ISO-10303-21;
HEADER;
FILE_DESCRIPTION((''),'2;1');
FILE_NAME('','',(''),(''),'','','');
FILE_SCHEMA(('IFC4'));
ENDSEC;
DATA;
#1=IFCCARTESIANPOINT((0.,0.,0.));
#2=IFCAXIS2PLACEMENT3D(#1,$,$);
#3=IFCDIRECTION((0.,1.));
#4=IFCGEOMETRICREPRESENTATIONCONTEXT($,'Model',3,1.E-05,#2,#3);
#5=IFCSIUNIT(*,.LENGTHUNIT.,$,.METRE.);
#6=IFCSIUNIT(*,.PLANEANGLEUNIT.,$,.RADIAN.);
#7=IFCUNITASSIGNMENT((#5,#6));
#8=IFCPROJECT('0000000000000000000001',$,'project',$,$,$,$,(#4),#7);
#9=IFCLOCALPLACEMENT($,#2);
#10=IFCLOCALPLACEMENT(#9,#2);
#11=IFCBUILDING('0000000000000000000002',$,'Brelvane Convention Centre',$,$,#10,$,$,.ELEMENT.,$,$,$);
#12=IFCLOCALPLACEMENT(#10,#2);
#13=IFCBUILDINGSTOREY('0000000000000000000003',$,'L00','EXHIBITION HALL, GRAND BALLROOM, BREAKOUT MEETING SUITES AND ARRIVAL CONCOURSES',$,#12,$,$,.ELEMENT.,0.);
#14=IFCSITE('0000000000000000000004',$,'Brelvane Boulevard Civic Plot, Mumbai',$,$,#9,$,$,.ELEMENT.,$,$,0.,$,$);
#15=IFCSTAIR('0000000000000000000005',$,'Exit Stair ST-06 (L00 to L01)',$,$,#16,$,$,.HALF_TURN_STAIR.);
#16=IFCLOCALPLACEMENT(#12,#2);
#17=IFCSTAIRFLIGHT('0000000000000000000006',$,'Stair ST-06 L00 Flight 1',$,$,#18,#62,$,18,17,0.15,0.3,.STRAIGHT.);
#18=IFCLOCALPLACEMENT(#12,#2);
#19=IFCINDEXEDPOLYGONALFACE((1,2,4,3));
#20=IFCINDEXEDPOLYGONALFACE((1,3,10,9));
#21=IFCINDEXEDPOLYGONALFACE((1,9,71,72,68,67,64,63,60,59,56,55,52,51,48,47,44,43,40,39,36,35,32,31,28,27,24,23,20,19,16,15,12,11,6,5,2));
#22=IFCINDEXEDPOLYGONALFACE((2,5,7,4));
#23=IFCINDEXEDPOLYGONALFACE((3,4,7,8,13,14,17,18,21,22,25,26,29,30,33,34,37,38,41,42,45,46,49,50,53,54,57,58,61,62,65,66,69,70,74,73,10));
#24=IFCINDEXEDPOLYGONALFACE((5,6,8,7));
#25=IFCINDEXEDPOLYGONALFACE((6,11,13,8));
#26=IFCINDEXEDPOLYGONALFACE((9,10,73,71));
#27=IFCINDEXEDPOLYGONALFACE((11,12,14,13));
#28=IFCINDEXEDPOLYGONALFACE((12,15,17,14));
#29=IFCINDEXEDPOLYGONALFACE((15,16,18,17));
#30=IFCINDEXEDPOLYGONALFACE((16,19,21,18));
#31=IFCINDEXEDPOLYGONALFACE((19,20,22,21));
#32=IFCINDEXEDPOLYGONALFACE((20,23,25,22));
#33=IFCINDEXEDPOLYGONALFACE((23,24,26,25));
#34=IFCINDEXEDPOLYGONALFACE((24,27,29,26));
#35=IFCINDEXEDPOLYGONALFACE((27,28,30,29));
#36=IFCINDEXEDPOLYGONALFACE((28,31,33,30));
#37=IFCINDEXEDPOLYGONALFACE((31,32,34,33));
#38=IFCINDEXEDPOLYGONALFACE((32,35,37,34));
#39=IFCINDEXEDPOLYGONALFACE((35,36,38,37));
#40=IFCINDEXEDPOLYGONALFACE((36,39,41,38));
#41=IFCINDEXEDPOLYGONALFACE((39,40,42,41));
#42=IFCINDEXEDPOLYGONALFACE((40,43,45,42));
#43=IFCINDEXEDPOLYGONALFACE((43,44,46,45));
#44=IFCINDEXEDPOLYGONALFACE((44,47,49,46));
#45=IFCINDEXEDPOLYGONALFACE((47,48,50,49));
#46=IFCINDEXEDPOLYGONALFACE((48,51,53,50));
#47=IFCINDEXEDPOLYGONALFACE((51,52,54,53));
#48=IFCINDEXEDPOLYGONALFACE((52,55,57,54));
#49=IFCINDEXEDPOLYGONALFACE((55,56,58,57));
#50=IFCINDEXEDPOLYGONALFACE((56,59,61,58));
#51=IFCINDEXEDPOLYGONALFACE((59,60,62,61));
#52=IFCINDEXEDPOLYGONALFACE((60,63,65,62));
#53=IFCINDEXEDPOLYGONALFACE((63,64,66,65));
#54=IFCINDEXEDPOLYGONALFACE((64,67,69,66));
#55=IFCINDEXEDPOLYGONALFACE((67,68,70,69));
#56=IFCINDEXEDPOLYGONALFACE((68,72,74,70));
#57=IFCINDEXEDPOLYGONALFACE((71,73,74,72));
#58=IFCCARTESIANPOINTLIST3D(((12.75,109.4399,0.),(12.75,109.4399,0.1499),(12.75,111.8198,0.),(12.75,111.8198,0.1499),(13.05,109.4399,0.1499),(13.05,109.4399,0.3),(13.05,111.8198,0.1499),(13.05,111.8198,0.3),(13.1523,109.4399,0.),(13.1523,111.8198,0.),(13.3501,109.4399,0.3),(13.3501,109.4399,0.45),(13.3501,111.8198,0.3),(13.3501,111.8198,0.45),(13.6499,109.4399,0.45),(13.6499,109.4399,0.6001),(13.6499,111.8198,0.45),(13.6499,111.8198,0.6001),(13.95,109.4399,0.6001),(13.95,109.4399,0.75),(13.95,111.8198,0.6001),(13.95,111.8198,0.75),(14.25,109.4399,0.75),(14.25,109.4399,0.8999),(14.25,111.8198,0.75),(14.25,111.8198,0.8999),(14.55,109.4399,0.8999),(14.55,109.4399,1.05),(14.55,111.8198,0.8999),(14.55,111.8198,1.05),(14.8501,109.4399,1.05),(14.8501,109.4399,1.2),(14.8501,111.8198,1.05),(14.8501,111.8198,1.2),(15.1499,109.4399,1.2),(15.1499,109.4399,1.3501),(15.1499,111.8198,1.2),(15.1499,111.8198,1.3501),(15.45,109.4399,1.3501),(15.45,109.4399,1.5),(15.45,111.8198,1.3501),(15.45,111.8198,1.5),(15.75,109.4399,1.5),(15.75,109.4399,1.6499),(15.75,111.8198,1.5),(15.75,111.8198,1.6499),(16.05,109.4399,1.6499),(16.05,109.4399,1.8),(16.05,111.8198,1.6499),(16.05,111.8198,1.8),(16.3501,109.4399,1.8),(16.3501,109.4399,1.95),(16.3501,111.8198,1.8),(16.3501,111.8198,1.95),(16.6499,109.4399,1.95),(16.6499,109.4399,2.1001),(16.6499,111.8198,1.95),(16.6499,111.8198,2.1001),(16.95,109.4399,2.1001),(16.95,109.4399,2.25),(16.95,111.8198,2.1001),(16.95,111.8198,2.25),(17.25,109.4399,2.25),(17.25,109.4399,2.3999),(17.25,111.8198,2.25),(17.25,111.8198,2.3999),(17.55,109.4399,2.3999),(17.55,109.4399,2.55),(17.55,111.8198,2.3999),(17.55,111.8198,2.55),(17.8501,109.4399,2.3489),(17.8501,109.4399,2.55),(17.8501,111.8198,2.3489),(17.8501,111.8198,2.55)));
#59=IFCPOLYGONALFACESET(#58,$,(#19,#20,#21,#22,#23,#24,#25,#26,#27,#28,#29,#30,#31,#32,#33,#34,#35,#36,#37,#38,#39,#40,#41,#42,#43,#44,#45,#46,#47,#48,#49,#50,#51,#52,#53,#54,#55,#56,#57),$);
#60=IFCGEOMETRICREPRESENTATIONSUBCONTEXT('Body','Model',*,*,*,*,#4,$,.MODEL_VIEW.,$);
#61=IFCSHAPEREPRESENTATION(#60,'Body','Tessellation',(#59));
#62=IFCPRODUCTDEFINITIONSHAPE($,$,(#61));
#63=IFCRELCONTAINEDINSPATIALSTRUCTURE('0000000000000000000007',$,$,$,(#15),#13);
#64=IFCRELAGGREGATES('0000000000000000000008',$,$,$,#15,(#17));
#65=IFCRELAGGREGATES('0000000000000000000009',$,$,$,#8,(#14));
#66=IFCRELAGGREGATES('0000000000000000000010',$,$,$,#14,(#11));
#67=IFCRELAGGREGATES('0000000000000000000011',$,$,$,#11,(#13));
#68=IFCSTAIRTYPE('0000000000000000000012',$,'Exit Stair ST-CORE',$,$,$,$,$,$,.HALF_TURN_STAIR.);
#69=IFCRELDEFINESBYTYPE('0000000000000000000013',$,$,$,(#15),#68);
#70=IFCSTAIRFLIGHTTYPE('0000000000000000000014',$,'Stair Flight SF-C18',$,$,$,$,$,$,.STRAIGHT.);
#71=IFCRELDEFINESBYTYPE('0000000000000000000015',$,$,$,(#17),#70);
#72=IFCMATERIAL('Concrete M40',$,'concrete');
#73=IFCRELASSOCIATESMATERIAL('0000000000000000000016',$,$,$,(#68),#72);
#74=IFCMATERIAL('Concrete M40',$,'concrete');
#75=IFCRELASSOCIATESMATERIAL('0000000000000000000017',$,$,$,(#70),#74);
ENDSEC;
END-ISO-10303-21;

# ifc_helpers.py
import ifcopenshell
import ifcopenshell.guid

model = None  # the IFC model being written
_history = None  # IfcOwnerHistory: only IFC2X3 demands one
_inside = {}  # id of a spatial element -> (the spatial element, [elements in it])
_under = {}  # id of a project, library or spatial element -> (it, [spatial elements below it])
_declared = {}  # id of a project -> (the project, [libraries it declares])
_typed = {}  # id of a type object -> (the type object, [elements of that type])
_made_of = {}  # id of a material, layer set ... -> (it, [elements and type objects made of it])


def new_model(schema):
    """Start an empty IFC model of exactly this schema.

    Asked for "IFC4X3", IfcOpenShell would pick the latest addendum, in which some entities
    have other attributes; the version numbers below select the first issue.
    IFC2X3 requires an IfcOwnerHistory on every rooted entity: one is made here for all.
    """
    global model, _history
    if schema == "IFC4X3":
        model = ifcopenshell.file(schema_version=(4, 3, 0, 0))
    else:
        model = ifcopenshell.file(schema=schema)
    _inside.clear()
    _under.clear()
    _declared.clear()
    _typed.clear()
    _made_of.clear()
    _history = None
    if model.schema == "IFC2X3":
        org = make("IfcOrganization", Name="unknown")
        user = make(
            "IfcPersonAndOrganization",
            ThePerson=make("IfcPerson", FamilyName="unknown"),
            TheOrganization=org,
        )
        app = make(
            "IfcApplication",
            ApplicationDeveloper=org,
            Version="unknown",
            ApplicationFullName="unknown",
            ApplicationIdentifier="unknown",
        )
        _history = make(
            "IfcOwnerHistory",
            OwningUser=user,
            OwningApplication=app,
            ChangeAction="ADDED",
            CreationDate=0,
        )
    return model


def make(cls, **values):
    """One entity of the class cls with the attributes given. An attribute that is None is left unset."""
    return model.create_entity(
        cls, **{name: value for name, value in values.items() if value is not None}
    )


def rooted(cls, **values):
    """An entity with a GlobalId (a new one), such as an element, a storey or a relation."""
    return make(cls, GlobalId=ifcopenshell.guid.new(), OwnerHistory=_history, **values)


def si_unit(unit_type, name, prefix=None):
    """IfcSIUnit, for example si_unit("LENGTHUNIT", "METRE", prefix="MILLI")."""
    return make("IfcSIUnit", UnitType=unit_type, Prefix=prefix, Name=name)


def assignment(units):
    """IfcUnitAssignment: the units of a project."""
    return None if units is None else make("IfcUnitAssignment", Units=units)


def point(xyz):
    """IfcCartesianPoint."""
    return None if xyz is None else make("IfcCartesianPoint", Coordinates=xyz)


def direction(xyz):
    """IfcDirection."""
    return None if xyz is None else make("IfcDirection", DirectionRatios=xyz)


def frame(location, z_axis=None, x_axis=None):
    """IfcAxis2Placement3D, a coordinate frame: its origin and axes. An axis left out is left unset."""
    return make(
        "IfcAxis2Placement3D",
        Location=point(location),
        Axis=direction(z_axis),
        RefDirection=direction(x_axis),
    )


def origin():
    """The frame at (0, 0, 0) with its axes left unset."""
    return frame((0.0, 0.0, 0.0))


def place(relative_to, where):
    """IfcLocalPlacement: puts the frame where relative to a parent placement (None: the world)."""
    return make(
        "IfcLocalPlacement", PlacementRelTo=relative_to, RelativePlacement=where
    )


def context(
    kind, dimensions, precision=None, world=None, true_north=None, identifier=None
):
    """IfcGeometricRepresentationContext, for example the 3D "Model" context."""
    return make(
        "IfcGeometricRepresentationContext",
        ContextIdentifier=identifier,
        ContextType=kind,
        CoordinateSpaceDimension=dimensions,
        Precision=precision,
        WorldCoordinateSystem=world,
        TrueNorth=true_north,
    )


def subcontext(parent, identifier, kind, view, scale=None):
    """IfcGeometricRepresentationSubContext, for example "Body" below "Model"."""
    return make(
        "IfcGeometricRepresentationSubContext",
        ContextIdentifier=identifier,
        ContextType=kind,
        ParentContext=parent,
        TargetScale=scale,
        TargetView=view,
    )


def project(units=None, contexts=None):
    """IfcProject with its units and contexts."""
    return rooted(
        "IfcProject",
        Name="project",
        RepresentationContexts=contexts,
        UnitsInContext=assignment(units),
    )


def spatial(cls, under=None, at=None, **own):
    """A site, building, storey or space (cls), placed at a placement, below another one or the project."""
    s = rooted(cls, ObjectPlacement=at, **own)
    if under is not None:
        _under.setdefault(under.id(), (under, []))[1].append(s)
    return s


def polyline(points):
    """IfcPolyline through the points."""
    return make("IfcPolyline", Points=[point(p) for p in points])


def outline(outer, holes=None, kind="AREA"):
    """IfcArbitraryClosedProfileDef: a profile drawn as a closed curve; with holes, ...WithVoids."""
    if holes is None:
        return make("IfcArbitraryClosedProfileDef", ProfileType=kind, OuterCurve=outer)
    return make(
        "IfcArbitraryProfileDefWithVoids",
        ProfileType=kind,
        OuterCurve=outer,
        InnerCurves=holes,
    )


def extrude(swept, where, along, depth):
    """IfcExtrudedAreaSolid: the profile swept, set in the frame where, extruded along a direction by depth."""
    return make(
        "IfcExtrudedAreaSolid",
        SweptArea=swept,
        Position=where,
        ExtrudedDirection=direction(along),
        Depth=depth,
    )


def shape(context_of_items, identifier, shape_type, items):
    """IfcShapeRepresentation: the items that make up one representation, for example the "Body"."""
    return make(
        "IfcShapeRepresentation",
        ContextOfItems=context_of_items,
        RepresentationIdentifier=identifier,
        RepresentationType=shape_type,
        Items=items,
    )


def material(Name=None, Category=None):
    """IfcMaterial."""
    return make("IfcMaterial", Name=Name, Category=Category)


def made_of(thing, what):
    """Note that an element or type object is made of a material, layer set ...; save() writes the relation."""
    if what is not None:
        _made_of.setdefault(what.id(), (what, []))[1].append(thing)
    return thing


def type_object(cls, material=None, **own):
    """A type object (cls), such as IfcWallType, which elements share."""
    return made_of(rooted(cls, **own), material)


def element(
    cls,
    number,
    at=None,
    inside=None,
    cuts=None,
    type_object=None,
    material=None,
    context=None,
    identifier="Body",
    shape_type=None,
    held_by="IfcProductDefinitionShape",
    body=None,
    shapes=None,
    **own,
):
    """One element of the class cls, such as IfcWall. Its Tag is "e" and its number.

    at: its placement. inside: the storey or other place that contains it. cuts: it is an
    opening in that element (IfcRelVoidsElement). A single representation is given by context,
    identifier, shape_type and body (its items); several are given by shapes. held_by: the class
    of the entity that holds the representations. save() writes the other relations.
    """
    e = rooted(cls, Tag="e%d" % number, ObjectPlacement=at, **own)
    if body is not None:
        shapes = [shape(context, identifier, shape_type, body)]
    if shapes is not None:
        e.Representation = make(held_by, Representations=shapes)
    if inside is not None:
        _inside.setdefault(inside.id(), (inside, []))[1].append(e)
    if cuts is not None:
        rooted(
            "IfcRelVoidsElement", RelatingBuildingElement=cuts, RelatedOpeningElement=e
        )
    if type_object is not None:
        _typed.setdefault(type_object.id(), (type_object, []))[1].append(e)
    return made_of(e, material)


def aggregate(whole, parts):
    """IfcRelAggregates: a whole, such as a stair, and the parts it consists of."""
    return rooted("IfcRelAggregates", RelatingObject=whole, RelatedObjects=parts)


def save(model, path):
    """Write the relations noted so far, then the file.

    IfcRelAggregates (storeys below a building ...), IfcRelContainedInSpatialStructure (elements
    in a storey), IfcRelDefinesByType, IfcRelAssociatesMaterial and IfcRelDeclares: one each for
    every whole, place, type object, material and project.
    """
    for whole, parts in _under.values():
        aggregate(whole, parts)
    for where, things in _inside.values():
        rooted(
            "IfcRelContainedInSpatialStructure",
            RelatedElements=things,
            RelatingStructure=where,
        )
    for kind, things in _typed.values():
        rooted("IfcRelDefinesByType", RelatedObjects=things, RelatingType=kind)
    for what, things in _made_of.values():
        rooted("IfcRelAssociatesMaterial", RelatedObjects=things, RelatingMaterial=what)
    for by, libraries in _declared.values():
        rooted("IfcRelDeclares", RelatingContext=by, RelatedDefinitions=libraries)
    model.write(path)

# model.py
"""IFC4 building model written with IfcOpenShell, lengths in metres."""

from ifc_helpers import new_model, si_unit, direction, frame, origin, place, context, subcontext, project, spatial, polyline, outline, extrude, material, type_object, element, aggregate, save


model = new_model("IFC4")

# Units and contexts
model_context = context("Model", 3, precision=1e-05, world=origin(), true_north=direction((0.0, 1.0)))
body_context = subcontext(model_context, "Body", "Model", "MODEL_VIEW")
ifc_project = project(units=[si_unit("LENGTHUNIT", "METRE"), si_unit("PLANEANGLEUNIT", "RADIAN")], contexts=[model_context])

# Site, building, storey
site_placement = place(None, origin())
site = spatial("IfcSite", under=ifc_project, at=site_placement, Name="Brelvane Boulevard Civic Plot, Mumbai", CompositionType="ELEMENT", RefElevation=0.0)
building_placement = place(site_placement, origin())
building = spatial("IfcBuilding", under=site, at=building_placement, Name="Brelvane Convention Centre", CompositionType="ELEMENT")
storey_placement = place(building_placement, origin())
storey = spatial("IfcBuildingStorey", under=building, at=storey_placement, Name="L00", Description="EXHIBITION HALL, GRAND BALLROOM, BREAKOUT MEETING SUITES AND ARRIVAL CONCOURSES", CompositionType="ELEMENT", Elevation=0.0)

# Stair, stair flight
ifc_material_1 = material(Name="Concrete M40", Category="concrete")
stair_type = type_object("IfcStairType", Name="Exit Stair ST-CORE", PredefinedType="HALF_TURN_STAIR", material=ifc_material_1)
stair_placement = place(storey_placement, origin())
stair = element("IfcStair", 1, at=stair_placement, inside=storey, type_object=stair_type, Name="Exit Stair ST-06 (L00 to L01)", PredefinedType="HALF_TURN_STAIR")
ifc_material_2 = material(Name="Concrete M40", Category="concrete")
stair_flight_type = type_object("IfcStairFlightType", Name="Stair Flight SF-C18", PredefinedType="STRAIGHT", material=ifc_material_2)
stair_flight_placement = place(storey_placement, frame((12.75, 110.6299, 0.0), z_axis=(0.0, 0.0, 1.0), x_axis=(1.0, 0.0, 0.0)))
stair_flight = element("IfcStairFlight", 2, at=stair_flight_placement, type_object=stair_flight_type, Name="Stair ST-06 L00 Flight 1", NumberOfRisers=18, NumberOfTreads=17, PredefinedType="STRAIGHT", RiserHeight=0.15, TreadLength=0.3, context=body_context, shape_type="SweptSolid", body=[
    extrude(outline(polyline([(0.0, 0.0), (0.0, 0.1499), (0.3, 0.1499), (0.3, 0.3), (0.6001, 0.3), (0.6001, 0.45), (0.8999, 0.45), (0.8999, 0.6001), (1.2, 0.6001), (1.2, 0.75), (1.5, 0.75), (1.5, 0.8999), (1.8, 0.8999), (1.8, 1.05), (2.1001, 1.05), (2.1001, 1.2), (2.3999, 1.2), (2.3999, 1.3501), (2.7, 1.3501), (2.7, 1.5), (3.0, 1.5), (3.0, 1.6499), (3.3, 1.6499), (3.3, 1.8), (3.6001, 1.8), (3.6001, 1.95), (3.8999, 1.95), (3.8999, 2.1001), (4.2, 2.1001), (4.2, 2.25), (4.5, 2.25), (4.5, 2.3999), (4.8, 2.3999), (4.8, 2.55), (5.1001, 2.55), (5.1001, 2.7), (5.1001, 2.3489), (0.4023, 0.0), (0.0, 0.0)])), frame((0.0, 1.1899, 0.0), z_axis=(0.0, -1.0, 0.0), x_axis=(1.0, 0.0, 0.0)), (0.0, 0.0, 1.0), 2.3799),
])
aggregate(stair, [stair_flight])

save(model, "model.ifc")
